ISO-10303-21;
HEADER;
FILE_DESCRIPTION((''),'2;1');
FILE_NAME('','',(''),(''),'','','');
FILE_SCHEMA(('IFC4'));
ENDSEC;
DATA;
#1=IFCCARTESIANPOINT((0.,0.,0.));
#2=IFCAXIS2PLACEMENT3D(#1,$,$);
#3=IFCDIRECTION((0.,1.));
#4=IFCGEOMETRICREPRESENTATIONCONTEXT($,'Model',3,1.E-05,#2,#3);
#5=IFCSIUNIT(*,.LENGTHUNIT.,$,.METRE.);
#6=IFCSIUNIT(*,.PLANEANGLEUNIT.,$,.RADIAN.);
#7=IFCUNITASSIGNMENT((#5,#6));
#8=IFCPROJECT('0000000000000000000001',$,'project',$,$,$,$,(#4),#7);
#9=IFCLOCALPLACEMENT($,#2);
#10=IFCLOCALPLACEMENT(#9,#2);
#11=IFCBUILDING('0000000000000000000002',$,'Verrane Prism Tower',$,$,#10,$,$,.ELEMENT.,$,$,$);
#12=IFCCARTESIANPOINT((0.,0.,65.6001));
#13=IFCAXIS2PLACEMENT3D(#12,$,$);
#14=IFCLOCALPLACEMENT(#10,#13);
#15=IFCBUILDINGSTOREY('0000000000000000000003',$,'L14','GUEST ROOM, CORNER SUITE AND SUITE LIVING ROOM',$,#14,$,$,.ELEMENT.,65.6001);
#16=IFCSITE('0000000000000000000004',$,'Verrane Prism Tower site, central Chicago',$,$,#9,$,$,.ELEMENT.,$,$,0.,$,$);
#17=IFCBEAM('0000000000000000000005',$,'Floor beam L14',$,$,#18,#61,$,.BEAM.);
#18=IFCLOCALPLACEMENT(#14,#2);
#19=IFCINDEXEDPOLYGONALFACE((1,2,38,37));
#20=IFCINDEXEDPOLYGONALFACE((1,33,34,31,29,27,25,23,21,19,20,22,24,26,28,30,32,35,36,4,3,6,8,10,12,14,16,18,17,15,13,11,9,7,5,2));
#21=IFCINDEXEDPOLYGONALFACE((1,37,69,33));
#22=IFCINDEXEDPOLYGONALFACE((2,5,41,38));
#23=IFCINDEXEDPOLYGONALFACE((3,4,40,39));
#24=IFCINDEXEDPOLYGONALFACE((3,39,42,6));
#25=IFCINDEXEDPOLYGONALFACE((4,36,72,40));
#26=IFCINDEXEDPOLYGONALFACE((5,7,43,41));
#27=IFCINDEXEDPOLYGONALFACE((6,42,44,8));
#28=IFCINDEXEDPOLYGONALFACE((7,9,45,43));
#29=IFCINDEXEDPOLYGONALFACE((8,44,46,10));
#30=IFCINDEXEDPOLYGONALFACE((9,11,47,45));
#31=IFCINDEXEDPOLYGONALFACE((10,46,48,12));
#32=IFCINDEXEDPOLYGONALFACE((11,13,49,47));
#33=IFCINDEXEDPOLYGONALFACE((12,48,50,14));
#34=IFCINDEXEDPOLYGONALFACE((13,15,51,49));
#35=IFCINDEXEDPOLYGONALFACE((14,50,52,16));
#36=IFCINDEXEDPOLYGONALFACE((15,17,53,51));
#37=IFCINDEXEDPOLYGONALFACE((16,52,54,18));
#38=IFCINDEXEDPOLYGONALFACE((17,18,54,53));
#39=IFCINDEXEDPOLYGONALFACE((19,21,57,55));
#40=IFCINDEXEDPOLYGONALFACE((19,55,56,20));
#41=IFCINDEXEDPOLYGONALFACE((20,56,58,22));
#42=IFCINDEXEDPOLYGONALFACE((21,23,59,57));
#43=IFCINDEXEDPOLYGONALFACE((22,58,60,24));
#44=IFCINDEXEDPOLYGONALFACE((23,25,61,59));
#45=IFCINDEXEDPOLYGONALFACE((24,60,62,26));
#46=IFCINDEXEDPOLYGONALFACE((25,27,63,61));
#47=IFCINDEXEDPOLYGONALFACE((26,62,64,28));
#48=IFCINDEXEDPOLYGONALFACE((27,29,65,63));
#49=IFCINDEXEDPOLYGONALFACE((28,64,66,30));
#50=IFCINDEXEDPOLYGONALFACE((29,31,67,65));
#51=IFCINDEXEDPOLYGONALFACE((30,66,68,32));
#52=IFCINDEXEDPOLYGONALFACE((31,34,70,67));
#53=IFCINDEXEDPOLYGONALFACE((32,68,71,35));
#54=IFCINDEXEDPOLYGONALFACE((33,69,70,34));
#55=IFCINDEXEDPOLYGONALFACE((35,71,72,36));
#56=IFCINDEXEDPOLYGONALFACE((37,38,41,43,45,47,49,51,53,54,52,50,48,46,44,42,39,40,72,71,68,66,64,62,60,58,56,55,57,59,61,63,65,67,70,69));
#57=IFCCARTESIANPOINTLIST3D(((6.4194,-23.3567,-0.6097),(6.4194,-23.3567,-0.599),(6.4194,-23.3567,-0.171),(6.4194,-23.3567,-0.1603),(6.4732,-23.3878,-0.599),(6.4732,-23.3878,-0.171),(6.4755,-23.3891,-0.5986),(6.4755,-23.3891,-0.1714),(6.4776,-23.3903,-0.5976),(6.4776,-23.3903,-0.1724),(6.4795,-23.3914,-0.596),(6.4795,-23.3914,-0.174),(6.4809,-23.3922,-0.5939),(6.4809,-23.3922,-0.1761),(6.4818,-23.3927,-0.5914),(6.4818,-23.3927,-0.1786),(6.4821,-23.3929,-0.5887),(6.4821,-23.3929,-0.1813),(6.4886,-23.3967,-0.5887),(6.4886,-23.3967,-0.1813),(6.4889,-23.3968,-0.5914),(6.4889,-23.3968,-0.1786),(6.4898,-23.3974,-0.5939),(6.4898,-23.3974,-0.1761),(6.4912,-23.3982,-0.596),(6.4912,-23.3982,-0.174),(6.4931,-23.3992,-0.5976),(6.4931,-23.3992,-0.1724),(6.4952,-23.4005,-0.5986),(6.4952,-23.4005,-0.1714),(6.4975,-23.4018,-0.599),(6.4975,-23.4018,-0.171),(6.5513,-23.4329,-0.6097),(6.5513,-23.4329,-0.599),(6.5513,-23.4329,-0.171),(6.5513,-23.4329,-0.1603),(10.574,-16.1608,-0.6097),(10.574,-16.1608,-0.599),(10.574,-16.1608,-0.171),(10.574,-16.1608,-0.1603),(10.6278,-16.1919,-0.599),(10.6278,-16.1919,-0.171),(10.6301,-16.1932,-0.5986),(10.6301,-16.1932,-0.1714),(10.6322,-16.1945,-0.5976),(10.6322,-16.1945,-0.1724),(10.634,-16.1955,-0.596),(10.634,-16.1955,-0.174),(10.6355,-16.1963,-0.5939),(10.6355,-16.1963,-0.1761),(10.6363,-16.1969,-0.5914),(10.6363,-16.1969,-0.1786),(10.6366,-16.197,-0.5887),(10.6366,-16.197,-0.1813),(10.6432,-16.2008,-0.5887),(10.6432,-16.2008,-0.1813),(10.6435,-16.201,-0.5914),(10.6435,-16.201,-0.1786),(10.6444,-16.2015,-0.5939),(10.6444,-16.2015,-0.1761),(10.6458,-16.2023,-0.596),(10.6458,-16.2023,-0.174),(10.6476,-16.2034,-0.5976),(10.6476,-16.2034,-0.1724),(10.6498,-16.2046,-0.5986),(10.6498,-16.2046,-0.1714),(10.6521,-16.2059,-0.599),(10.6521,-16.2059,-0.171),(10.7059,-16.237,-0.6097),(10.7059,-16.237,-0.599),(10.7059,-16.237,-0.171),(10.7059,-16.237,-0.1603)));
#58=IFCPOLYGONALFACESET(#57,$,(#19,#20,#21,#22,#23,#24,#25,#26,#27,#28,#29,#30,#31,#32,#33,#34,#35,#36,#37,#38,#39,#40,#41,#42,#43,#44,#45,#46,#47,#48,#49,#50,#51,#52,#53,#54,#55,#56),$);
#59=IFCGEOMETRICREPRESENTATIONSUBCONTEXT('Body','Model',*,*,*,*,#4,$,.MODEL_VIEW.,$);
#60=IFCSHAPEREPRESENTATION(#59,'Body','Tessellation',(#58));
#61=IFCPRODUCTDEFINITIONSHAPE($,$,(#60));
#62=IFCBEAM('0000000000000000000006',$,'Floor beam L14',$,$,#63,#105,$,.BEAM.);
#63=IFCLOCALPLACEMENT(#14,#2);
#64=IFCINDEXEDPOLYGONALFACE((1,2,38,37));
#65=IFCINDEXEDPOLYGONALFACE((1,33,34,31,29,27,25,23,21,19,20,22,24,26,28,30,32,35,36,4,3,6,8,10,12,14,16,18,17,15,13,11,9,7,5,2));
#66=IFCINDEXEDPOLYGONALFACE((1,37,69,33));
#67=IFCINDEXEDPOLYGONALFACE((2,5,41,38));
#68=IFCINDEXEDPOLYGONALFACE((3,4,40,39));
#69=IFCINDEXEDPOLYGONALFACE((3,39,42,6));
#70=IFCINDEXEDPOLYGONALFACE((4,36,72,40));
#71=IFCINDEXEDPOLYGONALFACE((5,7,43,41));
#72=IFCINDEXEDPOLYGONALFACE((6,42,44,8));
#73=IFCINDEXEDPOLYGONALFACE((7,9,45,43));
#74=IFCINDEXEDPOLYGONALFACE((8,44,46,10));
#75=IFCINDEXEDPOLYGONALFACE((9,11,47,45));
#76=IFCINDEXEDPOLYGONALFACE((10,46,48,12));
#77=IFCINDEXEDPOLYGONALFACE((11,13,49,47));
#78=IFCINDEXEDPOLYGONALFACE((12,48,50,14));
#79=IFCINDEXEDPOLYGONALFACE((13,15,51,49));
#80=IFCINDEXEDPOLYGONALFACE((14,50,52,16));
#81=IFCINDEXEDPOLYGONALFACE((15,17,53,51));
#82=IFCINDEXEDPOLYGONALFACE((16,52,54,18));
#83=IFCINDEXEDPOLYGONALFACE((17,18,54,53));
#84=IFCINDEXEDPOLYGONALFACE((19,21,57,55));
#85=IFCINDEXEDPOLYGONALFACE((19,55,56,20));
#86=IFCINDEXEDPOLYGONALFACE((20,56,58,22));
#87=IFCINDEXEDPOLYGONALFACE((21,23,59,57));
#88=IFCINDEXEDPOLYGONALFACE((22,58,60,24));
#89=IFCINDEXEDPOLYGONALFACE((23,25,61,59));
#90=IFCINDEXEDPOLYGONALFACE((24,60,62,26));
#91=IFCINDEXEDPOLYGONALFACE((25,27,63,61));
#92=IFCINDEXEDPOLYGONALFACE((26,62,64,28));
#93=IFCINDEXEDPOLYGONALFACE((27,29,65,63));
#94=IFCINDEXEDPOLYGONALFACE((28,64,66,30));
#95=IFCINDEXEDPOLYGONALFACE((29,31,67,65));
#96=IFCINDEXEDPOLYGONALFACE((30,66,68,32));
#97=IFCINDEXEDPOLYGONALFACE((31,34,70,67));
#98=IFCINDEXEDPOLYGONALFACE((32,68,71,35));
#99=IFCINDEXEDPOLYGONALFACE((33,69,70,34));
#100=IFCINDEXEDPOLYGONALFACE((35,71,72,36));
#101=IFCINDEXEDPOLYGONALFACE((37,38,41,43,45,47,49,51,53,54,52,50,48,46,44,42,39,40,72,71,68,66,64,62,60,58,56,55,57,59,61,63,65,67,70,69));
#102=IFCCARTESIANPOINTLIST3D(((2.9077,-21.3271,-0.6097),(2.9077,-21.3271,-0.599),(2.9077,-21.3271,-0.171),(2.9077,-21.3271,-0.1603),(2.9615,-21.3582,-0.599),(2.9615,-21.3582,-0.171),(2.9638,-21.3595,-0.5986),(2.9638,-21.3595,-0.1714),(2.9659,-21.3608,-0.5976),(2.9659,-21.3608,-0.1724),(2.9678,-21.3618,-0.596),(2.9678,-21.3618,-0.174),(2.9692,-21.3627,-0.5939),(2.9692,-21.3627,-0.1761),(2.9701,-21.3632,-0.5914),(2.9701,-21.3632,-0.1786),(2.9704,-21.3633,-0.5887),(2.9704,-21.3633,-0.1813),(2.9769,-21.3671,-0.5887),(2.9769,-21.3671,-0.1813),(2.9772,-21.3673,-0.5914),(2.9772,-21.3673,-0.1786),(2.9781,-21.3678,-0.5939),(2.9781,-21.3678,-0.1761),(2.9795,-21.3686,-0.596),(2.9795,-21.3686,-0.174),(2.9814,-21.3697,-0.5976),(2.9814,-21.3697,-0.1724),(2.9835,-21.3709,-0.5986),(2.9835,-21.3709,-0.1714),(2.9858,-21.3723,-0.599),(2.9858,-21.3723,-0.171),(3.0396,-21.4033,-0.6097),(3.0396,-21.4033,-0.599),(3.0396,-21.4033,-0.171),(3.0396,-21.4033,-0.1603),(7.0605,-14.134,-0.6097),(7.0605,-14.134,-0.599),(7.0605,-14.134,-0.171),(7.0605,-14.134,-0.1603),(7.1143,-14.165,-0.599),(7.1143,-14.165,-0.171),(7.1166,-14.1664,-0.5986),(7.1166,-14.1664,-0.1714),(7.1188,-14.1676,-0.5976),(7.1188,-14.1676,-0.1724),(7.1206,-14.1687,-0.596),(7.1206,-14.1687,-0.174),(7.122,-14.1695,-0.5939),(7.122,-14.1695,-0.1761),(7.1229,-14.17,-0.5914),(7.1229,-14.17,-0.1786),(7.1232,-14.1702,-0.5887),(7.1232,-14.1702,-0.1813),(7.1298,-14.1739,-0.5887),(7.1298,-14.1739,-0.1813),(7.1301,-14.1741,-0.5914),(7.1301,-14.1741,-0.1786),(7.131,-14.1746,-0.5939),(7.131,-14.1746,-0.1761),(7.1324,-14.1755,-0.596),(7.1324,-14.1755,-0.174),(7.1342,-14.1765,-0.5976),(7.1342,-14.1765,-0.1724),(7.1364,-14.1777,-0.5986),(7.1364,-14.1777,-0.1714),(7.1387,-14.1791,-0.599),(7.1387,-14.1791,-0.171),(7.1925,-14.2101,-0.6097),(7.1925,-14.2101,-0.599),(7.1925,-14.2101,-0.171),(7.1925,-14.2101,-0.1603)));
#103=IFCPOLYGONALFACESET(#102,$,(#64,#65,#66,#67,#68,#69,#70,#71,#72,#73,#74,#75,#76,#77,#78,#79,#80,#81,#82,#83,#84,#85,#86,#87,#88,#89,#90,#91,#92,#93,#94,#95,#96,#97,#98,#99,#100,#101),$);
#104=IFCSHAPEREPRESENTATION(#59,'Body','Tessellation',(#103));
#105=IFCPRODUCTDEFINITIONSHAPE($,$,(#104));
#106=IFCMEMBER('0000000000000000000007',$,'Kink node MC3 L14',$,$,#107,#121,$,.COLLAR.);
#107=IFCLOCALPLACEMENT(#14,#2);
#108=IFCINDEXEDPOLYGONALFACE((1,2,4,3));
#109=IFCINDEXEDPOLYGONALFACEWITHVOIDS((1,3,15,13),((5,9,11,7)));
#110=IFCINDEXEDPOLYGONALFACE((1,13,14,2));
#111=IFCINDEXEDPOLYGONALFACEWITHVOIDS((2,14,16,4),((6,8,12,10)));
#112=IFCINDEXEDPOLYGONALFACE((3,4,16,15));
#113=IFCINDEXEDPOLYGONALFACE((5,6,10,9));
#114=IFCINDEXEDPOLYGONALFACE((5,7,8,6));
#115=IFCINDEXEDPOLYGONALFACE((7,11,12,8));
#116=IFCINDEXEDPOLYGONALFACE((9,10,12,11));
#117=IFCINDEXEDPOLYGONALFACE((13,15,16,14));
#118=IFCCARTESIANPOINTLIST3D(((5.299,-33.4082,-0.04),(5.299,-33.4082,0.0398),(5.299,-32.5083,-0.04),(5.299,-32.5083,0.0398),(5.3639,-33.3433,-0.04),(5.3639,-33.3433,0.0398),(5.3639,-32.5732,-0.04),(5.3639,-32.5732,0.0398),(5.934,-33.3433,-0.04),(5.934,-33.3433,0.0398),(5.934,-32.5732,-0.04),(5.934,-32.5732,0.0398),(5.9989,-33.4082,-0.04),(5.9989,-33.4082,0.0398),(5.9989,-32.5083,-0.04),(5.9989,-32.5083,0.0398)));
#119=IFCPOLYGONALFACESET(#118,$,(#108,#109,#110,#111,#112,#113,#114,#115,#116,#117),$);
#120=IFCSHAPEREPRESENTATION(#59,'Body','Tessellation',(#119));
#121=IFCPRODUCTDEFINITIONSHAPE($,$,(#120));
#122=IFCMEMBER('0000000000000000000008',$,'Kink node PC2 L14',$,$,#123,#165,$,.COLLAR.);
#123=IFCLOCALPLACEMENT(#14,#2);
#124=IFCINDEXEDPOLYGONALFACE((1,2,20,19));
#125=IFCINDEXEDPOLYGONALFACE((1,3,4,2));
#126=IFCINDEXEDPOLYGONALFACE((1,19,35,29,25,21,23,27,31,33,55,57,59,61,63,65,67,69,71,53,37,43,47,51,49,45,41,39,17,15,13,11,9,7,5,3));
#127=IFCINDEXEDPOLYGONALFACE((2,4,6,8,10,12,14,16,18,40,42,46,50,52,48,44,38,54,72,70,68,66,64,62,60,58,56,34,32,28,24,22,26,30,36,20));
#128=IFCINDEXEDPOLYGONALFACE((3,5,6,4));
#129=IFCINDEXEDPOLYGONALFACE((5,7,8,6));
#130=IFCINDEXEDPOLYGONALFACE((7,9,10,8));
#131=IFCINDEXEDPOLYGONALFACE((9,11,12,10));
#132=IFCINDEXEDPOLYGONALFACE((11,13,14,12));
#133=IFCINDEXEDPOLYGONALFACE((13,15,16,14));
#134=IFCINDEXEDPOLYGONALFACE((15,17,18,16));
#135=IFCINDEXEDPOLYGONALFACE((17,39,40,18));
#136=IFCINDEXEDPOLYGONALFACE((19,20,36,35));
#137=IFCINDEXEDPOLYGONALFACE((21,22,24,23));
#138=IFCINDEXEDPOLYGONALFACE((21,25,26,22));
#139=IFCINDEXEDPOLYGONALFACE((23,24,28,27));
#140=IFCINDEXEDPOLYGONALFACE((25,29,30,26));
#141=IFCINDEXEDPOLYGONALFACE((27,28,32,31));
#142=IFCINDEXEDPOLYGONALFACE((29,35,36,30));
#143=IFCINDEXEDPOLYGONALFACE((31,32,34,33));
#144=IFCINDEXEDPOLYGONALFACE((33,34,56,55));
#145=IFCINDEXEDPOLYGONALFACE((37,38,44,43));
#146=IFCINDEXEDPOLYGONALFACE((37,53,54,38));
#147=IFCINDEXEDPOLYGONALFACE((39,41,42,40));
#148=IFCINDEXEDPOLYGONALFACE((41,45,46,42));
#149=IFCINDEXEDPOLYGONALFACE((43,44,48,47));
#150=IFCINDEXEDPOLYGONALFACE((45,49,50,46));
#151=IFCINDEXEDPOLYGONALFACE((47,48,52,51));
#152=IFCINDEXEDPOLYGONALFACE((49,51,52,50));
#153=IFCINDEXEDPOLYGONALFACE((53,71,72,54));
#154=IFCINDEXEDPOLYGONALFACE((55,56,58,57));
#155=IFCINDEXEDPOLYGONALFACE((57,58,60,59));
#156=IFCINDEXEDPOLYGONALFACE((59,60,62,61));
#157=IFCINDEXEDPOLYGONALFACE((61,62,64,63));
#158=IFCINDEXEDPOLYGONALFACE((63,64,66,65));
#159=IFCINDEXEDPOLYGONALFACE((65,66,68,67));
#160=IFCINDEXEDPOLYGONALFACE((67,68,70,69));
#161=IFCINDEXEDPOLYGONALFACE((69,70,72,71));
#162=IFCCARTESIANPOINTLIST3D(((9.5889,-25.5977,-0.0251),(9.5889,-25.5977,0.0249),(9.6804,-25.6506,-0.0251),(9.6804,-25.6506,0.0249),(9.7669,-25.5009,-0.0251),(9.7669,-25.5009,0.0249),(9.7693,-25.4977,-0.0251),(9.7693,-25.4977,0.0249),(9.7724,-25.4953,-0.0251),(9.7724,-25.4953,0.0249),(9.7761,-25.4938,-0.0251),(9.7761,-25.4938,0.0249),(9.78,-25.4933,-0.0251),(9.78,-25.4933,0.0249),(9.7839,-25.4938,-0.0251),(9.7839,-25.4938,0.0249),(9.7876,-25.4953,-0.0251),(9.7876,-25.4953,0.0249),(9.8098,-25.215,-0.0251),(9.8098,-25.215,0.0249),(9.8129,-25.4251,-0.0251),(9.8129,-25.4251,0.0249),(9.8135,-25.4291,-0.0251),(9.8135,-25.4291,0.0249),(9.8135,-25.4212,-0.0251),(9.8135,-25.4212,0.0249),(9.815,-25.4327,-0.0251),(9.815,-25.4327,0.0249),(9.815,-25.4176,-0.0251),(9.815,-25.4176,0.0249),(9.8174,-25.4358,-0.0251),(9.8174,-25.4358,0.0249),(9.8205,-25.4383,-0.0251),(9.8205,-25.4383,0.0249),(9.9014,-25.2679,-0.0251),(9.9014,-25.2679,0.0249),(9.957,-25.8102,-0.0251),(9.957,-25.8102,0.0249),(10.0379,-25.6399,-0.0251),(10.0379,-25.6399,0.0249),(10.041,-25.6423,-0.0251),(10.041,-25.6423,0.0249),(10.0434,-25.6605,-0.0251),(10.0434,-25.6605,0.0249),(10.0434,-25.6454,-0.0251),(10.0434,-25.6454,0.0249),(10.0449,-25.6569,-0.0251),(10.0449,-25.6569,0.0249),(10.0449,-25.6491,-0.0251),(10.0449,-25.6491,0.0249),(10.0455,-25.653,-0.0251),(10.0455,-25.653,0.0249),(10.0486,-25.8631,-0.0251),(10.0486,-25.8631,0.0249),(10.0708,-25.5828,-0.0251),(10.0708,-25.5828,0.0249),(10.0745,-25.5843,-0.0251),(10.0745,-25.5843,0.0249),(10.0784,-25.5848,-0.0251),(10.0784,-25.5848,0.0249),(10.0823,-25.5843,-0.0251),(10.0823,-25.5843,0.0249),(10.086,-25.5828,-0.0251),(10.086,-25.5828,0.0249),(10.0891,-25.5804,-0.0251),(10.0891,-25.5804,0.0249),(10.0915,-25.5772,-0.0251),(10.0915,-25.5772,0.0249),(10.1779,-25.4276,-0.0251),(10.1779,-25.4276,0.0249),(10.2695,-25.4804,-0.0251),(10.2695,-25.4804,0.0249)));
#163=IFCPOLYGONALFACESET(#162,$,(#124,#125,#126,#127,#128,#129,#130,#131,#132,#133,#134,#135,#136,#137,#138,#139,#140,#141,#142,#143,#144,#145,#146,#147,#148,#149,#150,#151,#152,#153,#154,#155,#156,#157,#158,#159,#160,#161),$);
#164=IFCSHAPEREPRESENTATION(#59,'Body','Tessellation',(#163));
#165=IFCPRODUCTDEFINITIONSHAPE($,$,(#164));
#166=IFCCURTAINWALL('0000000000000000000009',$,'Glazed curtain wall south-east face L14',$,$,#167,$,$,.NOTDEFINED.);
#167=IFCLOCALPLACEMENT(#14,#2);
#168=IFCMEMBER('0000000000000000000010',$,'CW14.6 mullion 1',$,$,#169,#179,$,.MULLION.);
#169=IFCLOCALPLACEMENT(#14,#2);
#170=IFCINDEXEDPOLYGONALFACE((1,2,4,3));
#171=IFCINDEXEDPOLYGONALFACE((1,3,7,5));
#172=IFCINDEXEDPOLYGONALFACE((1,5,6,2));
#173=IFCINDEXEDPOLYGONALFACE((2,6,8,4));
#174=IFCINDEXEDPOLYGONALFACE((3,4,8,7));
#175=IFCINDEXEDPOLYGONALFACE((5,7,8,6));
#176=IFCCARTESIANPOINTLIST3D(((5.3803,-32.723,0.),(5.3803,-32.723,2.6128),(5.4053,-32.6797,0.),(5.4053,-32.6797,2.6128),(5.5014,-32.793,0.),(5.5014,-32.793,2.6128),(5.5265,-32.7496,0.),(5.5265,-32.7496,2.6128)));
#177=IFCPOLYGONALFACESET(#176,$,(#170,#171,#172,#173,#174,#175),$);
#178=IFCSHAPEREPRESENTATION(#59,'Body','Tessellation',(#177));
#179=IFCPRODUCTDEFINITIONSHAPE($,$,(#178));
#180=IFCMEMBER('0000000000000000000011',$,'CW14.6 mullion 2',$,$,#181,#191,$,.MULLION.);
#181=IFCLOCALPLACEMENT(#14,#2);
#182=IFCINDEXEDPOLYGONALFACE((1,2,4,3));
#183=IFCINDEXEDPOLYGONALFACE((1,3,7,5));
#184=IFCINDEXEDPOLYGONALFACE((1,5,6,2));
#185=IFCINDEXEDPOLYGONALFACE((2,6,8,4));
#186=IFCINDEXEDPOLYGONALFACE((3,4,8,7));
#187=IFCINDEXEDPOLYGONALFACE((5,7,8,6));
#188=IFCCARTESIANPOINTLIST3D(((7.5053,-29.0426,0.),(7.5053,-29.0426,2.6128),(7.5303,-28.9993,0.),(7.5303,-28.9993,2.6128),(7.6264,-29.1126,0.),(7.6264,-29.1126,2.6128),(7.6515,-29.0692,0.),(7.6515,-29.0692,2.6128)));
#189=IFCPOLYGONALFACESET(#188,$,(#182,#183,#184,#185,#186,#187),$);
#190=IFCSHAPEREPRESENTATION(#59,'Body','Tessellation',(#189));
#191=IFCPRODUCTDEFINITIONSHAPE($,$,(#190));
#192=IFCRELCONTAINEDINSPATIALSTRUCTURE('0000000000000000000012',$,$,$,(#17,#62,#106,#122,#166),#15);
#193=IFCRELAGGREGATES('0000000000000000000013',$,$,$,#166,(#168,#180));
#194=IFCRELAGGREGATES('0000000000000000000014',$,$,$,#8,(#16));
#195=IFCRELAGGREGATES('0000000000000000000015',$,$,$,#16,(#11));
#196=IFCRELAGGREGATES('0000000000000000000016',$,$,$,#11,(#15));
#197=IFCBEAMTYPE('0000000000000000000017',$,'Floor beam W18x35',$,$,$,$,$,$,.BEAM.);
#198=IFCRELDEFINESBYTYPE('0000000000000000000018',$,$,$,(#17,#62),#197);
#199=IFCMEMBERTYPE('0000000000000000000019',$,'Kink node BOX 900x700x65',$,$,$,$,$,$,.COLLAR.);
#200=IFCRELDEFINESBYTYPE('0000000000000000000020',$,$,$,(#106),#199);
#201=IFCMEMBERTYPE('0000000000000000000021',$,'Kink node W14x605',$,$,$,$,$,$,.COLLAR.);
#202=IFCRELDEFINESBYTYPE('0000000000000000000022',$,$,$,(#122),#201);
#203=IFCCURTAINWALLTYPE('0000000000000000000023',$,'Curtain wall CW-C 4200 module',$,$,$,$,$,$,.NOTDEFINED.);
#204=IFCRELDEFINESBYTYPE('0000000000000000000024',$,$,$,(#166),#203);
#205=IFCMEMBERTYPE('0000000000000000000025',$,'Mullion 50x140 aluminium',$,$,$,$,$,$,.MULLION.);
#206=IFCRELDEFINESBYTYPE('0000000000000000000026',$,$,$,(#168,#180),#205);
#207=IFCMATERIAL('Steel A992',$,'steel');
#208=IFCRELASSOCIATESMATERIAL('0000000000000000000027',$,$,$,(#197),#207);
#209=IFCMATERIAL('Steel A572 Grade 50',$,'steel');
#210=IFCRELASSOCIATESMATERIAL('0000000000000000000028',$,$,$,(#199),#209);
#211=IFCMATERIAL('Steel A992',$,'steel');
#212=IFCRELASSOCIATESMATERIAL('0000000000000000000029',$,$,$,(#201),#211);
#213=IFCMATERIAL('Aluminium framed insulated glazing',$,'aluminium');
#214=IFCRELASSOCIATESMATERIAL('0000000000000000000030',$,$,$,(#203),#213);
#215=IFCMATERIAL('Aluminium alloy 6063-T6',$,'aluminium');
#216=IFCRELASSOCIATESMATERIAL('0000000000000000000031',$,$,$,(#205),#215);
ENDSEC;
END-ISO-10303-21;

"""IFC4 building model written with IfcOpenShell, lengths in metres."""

from ifc_helpers import new_model, si_unit, direction, frame, origin, origin_2d, place, context, subcontext, project, spatial, rectangle, hollow_rectangle, i_section, extrude, material, material_profile, profile_set, type_object, element, aggregate, save


model = new_model("IFC4")

# Units and contexts
model_context = context("Model", 3, precision=1e-05, world=origin(), true_north=direction((0.0, 1.0)))
body_context = subcontext(model_context, "Body", "Model", "MODEL_VIEW")
ifc_project = project(units=[si_unit("LENGTHUNIT", "METRE"), si_unit("PLANEANGLEUNIT", "RADIAN")], contexts=[model_context])

# Site, building, storey
site_placement = place(None, origin())
site = spatial("IfcSite", under=ifc_project, at=site_placement, Name="Verrane Prism Tower site, central Chicago", CompositionType="ELEMENT", RefElevation=0.0)
building_placement = place(site_placement, origin())
building = spatial("IfcBuilding", under=site, at=building_placement, Name="Verrane Prism Tower", CompositionType="ELEMENT")
storey_placement = place(building_placement, frame((0.0, 0.0, 65.6001)))
storey = spatial("IfcBuildingStorey", under=building, at=storey_placement, Name="L14", Description="GUEST ROOM, CORNER SUITE AND SUITE LIVING ROOM", CompositionType="ELEMENT", Elevation=65.6001)

# Beams
ifc_material_1 = material(Name="Steel A992", Category="steel")
ifc_material_profile_1 = material_profile(ifc_material_1, i_section(OverallWidth=0.1523, OverallDepth=0.4495, WebThickness=0.0076, FlangeThickness=0.0107, FilletRadius=0.0103, at=origin_2d()), Name="W18x35")
ifc_profile_set_1 = profile_set([ifc_material_profile_1], Name="Steel A992")
beam_type_1 = type_object("IfcBeamType", Name="Floor beam W18x35", PredefinedType="BEAM", material=ifc_profile_set_1)
beam_1_placement = place(storey_placement, frame((6.4854, -23.3948, -0.385), z_axis=(0.500004, 0.866023, 0.0), x_axis=(-0.866023, 0.500004, 0.0)))
element("IfcBeam", 1, at=beam_1_placement, inside=storey, type_object=beam_type_1, Name="Floor beam L14", PredefinedType="BEAM", context=body_context, shape_type="SweptSolid", body=[
    extrude(i_section(OverallWidth=0.1523, OverallDepth=0.4495, WebThickness=0.0076, FlangeThickness=0.0107, FilletRadius=0.0103, at=origin_2d()), origin(), (0.0, 0.0, 1.0), 8.3091),
])
beam_2_placement = place(storey_placement, frame((2.9736, -21.3652, -0.385), z_axis=(0.49999, 0.866031, 0.0), x_axis=(-0.866031, 0.49999, 0.0)))
element("IfcBeam", 2, at=beam_2_placement, inside=storey, type_object=beam_type_1, Name="Floor beam L14", PredefinedType="BEAM", context=body_context, shape_type="SweptSolid", body=[
    extrude(i_section(OverallWidth=0.1523, OverallDepth=0.4495, WebThickness=0.0076, FlangeThickness=0.0107, FilletRadius=0.0103, at=origin_2d()), origin(), (0.0, 0.0, 1.0), 8.3059),
])

# Members
ifc_material_2 = material(Name="Steel A572 Grade 50", Category="steel")
ifc_material_profile_2 = material_profile(ifc_material_2, hollow_rectangle(XDim=0.7, YDim=0.8999, WallThickness=0.0649, at=origin_2d()), Name="BOX 900x700x65")
ifc_profile_set_2 = profile_set([ifc_material_profile_2], Name="Steel A572 Grade 50")
member_type_1 = type_object("IfcMemberType", Name="Kink node BOX 900x700x65", PredefinedType="COLLAR", material=ifc_profile_set_2)
member_1_placement = place(storey_placement, frame((5.6489, -32.9583, -0.04), z_axis=(0.0, 0.0, 1.0), x_axis=(-1.0, 0.0, 0.0)))
element("IfcMember", 3, at=member_1_placement, inside=storey, type_object=member_type_1, Name="Kink node MC3 L14", PredefinedType="COLLAR", context=body_context, shape_type="SweptSolid", body=[
    extrude(hollow_rectangle(XDim=0.7, YDim=0.8999, WallThickness=0.0649, at=origin_2d()), origin(), (0.0, 0.0, 1.0), 0.0798),
])
ifc_material_3 = material(Name="Steel A992", Category="steel")
ifc_material_profile_3 = material_profile(ifc_material_3, i_section(OverallWidth=0.4419, OverallDepth=0.5308, WebThickness=0.0659, FlangeThickness=0.1057, FilletRadius=0.0151, at=origin_2d()), Name="W14x605")
ifc_profile_set_3 = profile_set([ifc_material_profile_3], Name="Steel A992")
member_type_2 = type_object("IfcMemberType", Name="Kink node W14x605", PredefinedType="COLLAR", material=ifc_profile_set_3)
member_2_placement = place(storey_placement, frame((9.9292, -25.5391, -0.0251), z_axis=(0.0, 0.0, 1.0), x_axis=(-0.5, -0.866025, 0.0)))
element("IfcMember", 4, at=member_2_placement, inside=storey, type_object=member_type_2, Name="Kink node PC2 L14", PredefinedType="COLLAR", context=body_context, shape_type="SweptSolid", body=[
    extrude(i_section(OverallWidth=0.4419, OverallDepth=0.5308, WebThickness=0.0659, FlangeThickness=0.1057, FilletRadius=0.0151, at=origin_2d()), origin(), (0.0, 0.0, 1.0), 0.05),
])

# Curtain wall, members
ifc_material_4 = material(Name="Aluminium framed insulated glazing", Category="aluminium")
curtain_wall_type_1 = type_object("IfcCurtainWallType", Name="Curtain wall CW-C 4200 module", PredefinedType="NOTDEFINED", material=ifc_material_4)
curtain_wall_1_placement = place(storey_placement, origin())
curtain_wall_1 = element("IfcCurtainWall", 5, at=curtain_wall_1_placement, inside=storey, type_object=curtain_wall_type_1, Name="Glazed curtain wall south-east face L14", PredefinedType="NOTDEFINED")
ifc_material_5 = material(Name="Aluminium alloy 6063-T6", Category="aluminium")
ifc_material_profile_4 = material_profile(ifc_material_5, rectangle(XDim=0.1399, YDim=0.05, at=origin_2d()), Name="Mullion 50x140 aluminium")
ifc_profile_set_4 = profile_set([ifc_material_profile_4], Name="Aluminium alloy 6063-T6")
member_type_3 = type_object("IfcMemberType", Name="Mullion 50x140 aluminium", PredefinedType="MULLION", material=ifc_profile_set_4)
member_3_placement = place(storey_placement, frame((5.4534, -32.7363, 0.0), z_axis=(0.0, 0.0, 1.0), x_axis=(-0.866025, 0.5, 0.0)))
member_3 = element("IfcMember", 6, at=member_3_placement, type_object=member_type_3, Name="CW14.6 mullion 1", PredefinedType="MULLION", context=body_context, shape_type="SweptSolid", body=[
    extrude(rectangle(XDim=0.1399, YDim=0.05, at=origin_2d()), origin(), (0.0, 0.0, 1.0), 2.6128),
])
member_4_placement = place(storey_placement, frame((7.5784, -29.0559, 0.0), z_axis=(0.0, 0.0, 1.0), x_axis=(-0.866025, 0.5, 0.0)))
member_4 = element("IfcMember", 7, at=member_4_placement, type_object=member_type_3, Name="CW14.6 mullion 2", PredefinedType="MULLION", context=body_context, shape_type="SweptSolid", body=[
    extrude(rectangle(XDim=0.1399, YDim=0.05, at=origin_2d()), origin(), (0.0, 0.0, 1.0), 2.6128),
])

aggregate(curtain_wall_1, [member_3, member_4])

save(model, "model.ifc")
